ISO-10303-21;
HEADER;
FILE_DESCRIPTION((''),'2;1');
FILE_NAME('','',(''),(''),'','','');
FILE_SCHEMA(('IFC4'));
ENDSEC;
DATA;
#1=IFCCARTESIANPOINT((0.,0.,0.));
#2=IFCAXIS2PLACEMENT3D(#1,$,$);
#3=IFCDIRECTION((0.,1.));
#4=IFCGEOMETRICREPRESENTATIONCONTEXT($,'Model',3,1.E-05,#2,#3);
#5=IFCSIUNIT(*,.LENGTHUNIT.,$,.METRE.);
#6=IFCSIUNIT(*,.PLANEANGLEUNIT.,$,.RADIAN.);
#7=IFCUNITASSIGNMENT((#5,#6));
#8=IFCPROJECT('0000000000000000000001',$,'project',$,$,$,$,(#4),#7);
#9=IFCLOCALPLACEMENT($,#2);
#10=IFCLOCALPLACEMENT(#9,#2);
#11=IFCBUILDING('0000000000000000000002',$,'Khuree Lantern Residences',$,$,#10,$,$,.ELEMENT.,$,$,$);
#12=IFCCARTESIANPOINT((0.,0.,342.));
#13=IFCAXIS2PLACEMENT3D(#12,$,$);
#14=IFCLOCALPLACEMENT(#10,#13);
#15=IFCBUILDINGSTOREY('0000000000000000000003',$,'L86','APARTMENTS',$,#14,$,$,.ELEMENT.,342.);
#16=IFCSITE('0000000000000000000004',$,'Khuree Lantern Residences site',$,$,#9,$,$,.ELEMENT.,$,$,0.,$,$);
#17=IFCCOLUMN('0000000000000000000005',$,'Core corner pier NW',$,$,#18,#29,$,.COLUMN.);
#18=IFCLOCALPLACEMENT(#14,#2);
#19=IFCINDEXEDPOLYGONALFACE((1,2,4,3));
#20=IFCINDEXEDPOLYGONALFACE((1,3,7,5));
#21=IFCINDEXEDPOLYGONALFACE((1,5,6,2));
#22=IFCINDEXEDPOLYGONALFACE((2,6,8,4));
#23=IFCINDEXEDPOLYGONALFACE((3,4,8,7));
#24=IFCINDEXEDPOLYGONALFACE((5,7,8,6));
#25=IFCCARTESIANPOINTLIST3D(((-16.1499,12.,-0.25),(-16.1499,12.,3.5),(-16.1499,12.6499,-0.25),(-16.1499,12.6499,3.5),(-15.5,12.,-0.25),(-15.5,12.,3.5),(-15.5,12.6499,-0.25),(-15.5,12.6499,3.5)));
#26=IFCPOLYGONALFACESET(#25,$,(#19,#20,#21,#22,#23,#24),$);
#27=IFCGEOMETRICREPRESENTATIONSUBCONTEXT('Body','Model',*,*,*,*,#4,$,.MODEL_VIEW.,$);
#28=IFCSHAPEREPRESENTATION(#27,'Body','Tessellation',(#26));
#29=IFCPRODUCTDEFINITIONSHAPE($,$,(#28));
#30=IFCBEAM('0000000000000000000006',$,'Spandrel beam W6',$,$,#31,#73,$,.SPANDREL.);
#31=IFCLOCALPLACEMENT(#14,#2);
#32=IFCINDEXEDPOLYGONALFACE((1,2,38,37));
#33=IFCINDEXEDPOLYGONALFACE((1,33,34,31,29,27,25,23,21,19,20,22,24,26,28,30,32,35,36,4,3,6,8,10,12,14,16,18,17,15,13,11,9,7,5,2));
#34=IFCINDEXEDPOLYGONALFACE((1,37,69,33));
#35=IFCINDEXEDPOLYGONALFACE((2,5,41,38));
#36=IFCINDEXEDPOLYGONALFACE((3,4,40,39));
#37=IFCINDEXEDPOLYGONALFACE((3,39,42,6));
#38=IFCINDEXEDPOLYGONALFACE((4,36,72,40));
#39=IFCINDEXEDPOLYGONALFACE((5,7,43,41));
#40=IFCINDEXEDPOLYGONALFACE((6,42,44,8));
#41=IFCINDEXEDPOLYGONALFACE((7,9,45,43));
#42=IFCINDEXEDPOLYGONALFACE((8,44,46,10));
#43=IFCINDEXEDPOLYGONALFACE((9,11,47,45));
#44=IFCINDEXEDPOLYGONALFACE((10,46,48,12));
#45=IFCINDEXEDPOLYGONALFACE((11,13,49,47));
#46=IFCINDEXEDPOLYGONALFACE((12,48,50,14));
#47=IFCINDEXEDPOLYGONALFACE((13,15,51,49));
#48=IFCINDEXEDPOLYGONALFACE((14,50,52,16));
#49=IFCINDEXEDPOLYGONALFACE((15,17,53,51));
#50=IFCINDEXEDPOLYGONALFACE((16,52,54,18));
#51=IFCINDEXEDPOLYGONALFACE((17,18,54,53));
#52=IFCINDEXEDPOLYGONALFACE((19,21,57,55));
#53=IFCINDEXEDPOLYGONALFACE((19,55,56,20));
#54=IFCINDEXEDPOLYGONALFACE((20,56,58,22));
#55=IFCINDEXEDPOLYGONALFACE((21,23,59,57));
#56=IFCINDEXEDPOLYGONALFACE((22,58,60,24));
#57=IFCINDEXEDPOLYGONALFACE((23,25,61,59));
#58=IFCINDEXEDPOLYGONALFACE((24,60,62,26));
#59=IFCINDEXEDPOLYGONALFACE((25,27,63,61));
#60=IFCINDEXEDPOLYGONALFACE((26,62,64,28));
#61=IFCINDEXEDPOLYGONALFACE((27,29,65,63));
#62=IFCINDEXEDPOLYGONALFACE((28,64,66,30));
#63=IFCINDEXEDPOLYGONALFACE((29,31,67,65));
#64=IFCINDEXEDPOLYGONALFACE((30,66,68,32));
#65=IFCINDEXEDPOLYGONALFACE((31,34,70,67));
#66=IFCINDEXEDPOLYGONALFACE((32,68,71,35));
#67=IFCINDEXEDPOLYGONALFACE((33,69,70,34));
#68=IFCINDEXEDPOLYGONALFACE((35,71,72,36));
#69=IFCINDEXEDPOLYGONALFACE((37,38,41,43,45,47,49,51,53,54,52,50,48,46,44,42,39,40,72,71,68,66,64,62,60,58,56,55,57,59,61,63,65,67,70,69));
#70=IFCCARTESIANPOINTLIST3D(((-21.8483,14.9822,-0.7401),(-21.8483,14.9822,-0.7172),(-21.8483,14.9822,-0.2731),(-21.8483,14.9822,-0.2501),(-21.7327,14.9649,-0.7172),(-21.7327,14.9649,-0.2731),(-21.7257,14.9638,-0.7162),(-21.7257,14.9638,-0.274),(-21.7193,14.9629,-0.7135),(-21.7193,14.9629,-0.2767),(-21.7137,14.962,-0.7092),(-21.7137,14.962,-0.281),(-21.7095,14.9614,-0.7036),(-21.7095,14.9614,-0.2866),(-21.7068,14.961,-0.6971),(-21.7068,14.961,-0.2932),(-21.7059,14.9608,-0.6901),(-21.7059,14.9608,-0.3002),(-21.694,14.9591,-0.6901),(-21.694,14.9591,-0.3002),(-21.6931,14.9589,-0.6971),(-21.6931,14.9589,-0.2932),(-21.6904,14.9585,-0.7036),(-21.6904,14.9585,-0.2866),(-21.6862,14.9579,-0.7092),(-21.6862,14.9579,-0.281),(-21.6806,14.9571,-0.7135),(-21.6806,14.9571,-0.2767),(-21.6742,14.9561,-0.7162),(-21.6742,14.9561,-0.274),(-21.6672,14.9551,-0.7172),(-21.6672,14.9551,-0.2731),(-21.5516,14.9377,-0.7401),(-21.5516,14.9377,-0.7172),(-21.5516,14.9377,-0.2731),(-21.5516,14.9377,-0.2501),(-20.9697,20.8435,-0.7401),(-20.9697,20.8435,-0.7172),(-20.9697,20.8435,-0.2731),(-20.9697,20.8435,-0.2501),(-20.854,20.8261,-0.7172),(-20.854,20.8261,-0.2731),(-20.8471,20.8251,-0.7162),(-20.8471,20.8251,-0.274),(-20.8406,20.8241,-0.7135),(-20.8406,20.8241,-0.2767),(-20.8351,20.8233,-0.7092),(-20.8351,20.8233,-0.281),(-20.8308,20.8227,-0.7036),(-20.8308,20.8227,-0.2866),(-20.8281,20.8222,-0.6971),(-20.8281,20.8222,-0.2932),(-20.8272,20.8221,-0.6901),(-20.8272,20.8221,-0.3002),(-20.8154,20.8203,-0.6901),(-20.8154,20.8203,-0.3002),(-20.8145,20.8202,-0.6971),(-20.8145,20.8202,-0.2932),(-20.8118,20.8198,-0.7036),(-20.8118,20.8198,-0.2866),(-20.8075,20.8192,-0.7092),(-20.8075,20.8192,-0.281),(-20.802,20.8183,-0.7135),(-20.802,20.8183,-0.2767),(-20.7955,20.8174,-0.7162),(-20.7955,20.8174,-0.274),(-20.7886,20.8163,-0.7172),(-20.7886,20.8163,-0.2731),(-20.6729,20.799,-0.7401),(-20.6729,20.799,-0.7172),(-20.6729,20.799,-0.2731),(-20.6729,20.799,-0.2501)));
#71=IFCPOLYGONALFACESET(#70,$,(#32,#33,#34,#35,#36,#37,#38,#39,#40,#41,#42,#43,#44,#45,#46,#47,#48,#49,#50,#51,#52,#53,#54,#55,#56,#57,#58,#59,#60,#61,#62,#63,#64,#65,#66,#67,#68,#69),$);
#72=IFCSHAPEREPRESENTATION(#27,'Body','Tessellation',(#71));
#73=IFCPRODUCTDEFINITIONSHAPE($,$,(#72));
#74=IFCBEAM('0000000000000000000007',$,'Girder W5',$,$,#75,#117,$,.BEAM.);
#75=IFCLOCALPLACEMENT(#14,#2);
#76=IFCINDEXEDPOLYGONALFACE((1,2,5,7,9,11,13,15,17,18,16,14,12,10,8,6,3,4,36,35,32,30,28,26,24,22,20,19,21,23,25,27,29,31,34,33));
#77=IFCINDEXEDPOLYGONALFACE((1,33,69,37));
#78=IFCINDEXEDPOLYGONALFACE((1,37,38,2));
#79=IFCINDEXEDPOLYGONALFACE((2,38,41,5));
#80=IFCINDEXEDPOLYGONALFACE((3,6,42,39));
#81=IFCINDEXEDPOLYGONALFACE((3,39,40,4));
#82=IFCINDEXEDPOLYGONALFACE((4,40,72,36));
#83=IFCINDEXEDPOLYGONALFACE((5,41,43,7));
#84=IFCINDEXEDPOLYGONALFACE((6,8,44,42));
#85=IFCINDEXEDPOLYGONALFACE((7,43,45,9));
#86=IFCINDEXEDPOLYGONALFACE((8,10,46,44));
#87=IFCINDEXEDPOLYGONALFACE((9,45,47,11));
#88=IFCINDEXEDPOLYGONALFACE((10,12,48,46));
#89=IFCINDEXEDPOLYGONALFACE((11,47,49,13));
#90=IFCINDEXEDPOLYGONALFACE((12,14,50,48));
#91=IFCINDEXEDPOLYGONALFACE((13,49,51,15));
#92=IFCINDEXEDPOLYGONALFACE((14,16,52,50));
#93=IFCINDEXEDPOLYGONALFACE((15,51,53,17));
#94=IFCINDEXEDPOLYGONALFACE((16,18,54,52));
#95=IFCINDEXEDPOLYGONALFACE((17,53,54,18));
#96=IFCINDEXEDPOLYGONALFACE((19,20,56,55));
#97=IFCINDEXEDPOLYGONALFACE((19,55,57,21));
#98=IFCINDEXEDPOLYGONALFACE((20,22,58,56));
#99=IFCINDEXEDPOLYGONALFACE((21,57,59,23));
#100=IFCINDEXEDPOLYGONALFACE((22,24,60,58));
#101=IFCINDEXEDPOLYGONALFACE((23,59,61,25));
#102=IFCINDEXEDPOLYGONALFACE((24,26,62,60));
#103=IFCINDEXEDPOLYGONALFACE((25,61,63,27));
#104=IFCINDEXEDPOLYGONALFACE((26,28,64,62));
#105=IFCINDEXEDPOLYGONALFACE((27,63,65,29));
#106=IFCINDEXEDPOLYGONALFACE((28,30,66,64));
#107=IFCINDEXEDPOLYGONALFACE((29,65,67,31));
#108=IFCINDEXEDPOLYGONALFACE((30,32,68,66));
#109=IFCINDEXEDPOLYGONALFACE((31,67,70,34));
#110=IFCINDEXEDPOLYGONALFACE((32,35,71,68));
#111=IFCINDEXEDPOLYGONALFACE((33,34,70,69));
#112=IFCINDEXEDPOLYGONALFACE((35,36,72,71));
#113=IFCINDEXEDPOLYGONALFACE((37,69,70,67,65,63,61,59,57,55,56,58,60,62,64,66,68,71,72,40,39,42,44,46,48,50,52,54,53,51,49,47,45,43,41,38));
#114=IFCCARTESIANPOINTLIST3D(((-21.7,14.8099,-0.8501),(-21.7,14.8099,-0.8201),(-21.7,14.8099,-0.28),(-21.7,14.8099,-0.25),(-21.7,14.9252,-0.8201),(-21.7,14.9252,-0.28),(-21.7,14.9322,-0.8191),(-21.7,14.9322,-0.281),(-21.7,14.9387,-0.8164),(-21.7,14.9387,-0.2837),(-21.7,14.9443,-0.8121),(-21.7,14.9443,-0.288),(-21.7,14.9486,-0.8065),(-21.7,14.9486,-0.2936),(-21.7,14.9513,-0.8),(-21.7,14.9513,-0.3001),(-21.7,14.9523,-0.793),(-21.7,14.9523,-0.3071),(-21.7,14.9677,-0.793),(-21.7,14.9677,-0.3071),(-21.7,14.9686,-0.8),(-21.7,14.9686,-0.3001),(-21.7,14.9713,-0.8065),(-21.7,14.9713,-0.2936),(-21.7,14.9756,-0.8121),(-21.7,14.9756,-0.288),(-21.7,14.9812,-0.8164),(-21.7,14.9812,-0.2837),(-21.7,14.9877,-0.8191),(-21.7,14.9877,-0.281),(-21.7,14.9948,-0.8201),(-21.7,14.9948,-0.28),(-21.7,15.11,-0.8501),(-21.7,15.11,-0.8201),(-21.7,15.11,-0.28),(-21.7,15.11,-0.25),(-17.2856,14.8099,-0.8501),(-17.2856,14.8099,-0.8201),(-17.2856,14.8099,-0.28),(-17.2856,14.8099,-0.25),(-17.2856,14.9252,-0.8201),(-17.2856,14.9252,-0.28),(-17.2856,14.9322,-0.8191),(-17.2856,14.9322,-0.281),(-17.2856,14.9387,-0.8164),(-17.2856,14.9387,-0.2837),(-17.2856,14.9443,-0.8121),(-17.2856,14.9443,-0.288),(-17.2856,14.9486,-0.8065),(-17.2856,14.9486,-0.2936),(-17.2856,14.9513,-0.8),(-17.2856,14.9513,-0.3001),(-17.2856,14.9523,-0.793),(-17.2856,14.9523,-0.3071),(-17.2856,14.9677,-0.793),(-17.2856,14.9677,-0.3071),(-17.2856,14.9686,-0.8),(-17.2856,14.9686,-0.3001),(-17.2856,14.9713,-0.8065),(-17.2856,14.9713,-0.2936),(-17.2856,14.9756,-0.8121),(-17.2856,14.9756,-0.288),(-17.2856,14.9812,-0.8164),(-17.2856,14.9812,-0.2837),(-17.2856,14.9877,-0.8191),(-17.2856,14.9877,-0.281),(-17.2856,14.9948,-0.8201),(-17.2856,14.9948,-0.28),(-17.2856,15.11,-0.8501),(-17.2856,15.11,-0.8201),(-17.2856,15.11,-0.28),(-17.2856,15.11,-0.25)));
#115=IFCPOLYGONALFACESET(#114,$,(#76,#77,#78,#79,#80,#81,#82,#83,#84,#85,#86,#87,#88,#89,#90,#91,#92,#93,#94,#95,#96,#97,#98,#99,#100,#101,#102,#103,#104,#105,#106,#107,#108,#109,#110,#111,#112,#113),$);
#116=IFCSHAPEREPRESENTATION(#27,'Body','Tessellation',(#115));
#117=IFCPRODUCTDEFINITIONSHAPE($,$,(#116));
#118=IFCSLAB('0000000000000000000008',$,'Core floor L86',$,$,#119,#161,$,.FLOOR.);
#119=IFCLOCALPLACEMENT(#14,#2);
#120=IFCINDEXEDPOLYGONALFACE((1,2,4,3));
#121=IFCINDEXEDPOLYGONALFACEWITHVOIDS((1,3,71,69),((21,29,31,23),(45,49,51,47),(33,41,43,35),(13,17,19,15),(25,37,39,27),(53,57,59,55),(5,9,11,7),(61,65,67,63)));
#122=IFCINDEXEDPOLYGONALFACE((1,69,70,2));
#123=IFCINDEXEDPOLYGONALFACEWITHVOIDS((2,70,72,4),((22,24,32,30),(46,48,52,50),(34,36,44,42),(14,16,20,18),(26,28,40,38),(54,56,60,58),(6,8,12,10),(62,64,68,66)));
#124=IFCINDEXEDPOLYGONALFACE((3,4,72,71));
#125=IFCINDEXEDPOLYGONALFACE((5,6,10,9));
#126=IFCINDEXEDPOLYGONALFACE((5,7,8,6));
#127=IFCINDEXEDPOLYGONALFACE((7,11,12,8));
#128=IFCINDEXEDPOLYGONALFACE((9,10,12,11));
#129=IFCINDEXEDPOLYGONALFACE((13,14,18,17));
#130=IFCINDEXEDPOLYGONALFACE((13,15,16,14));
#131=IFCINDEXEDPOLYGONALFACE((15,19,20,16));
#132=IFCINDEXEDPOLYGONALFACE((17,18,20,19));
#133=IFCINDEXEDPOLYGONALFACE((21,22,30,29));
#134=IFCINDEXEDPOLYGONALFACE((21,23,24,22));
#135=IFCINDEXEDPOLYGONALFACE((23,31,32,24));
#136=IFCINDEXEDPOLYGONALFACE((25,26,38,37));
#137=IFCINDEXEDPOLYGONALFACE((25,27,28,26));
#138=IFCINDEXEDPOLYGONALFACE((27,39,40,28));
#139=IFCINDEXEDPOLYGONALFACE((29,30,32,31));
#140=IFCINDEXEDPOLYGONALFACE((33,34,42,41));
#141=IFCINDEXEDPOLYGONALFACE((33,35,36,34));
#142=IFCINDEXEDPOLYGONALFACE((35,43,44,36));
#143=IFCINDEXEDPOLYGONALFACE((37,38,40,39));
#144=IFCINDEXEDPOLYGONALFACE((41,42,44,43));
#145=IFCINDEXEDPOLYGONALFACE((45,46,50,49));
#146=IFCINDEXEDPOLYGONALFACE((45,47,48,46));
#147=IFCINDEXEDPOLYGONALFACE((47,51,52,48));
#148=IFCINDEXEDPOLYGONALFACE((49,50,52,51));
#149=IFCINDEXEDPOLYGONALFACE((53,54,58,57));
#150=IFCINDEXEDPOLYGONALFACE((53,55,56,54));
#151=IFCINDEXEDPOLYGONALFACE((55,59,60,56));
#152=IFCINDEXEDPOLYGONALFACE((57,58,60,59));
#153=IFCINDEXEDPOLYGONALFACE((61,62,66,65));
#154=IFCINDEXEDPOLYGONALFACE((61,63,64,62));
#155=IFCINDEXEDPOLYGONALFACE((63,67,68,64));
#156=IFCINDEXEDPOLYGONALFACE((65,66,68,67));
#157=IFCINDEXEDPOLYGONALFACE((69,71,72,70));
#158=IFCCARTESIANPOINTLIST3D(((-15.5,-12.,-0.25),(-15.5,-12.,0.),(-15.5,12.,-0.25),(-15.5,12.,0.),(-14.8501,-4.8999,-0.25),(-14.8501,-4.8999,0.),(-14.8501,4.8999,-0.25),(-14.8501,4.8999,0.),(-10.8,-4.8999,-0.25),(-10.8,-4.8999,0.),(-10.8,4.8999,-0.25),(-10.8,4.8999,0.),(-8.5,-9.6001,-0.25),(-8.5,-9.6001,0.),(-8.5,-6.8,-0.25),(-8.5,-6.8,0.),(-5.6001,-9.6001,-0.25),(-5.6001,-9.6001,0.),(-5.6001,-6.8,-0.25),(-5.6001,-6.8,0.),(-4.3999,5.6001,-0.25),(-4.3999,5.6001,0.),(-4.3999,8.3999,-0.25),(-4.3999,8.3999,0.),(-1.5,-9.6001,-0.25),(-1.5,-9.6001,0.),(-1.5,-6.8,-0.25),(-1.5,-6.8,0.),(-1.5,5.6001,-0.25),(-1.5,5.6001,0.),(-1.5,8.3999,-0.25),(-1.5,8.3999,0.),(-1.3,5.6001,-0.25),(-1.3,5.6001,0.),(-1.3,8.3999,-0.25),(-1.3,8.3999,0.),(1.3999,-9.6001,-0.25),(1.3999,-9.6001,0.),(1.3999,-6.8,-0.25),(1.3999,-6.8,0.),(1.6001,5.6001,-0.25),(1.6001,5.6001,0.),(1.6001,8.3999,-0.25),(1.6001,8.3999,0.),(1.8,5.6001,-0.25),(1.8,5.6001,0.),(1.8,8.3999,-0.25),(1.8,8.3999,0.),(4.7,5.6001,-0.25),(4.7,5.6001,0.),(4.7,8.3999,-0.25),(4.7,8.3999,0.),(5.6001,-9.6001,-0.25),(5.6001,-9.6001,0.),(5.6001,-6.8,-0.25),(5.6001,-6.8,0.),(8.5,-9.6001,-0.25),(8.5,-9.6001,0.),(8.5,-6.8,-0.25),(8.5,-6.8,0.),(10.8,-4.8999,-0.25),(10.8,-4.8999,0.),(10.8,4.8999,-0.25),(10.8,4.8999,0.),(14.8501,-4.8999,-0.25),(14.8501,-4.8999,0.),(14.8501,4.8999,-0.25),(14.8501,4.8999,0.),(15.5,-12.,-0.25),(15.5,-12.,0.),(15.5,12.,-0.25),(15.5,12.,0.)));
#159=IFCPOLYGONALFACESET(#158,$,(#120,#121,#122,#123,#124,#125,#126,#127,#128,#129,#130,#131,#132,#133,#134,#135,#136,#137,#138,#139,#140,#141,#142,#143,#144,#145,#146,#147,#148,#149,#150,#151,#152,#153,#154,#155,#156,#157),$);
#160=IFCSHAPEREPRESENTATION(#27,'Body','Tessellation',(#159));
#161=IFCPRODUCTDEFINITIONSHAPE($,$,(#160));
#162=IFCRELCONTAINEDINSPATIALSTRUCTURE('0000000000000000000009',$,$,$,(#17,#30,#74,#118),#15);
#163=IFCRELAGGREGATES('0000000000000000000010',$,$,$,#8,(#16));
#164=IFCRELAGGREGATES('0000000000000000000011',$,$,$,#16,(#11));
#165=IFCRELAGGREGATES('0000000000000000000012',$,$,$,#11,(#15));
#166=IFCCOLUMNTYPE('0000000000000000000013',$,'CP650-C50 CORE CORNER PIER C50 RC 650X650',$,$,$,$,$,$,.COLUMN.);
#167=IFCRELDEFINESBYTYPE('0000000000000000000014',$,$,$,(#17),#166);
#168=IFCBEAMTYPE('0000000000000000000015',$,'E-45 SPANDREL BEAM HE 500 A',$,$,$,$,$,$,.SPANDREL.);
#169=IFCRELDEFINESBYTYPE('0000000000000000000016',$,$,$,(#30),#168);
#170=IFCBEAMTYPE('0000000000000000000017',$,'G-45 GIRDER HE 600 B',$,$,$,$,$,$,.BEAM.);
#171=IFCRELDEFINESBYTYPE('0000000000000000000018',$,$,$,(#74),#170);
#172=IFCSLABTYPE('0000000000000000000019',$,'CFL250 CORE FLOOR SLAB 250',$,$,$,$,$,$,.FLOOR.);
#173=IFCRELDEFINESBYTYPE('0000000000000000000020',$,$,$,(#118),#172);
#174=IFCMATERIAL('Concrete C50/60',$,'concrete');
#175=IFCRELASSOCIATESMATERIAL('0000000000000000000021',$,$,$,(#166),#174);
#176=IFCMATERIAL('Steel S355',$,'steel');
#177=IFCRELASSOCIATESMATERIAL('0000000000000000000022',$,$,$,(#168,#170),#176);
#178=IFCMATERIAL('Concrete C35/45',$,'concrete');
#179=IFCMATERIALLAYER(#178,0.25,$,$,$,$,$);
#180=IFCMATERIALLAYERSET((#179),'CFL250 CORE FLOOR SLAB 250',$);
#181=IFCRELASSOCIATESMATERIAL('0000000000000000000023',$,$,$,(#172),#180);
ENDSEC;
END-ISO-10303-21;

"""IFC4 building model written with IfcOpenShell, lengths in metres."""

from ifc_helpers import new_model, si_unit, direction, frame, origin, origin_2d, place, context, subcontext, project, spatial, polyline, rectangle, i_section, outline, extrude, material, layer, layer_set, material_profile, profile_set, type_object, element, save


model = new_model("IFC4")

# Units and contexts
model_context = context("Model", 3, precision=1e-05, world=origin(), true_north=direction((0.0, 1.0)))
body_context = subcontext(model_context, "Body", "Model", "MODEL_VIEW")
ifc_project = project(units=[si_unit("LENGTHUNIT", "METRE"), si_unit("PLANEANGLEUNIT", "RADIAN")], contexts=[model_context])

# Site, building, storey
site_placement = place(None, origin())
site = spatial("IfcSite", under=ifc_project, at=site_placement, Name="Khuree Lantern Residences site", CompositionType="ELEMENT", RefElevation=0.0)
building_placement = place(site_placement, origin())
building = spatial("IfcBuilding", under=site, at=building_placement, Name="Khuree Lantern Residences", CompositionType="ELEMENT")
storey_placement = place(building_placement, frame((0.0, 0.0, 342.0)))
storey = spatial("IfcBuildingStorey", under=building, at=storey_placement, Name="L86", Description="APARTMENTS", CompositionType="ELEMENT", Elevation=342.0)

# Column
ifc_material_1 = material(Name="Concrete C50/60", Category="concrete")
ifc_material_profile_1 = material_profile(ifc_material_1, rectangle(XDim=0.6499, YDim=0.6499, at=origin_2d()), Name="RC 650X650")
ifc_profile_set_1 = profile_set([ifc_material_profile_1], Name="Concrete C50/60")
column_type = type_object("IfcColumnType", Name="CP650-C50 CORE CORNER PIER C50 RC 650X650", PredefinedType="COLUMN", material=ifc_profile_set_1)
column_placement = place(storey_placement, frame((-15.825, 12.325, -0.25), z_axis=(0.0, 0.0, 1.0), x_axis=(1.0, 0.0, 0.0)))
element("IfcColumn", 1, at=column_placement, inside=storey, type_object=column_type, Name="Core corner pier NW", PredefinedType="COLUMN", context=body_context, shape_type="SweptSolid", body=[
    extrude(rectangle(XDim=0.6499, YDim=0.6499, at=origin_2d()), origin(), (0.0, 0.0, 1.0), 3.75),
])

# Beams
ifc_material_2 = material(Name="Steel S355", Category="steel")
ifc_material_profile_2 = material_profile(ifc_material_2, i_section(OverallWidth=0.3, OverallDepth=0.49, WebThickness=0.012, FlangeThickness=0.0229, FilletRadius=0.0271, at=origin_2d()), Name="HE 500 A")
ifc_profile_set_2 = profile_set([ifc_material_profile_2], Name="Steel S355")
beam_type_1 = type_object("IfcBeamType", Name="E-45 SPANDREL BEAM HE 500 A", PredefinedType="SPANDREL", material=ifc_profile_set_2)
beam_1_placement = place(storey_placement, frame((-21.7, 14.96, -0.4951), z_axis=(0.148252, 0.98895, 0.0), x_axis=(-0.98895, 0.148252, 0.0)))
element("IfcBeam", 2, at=beam_1_placement, inside=storey, type_object=beam_type_1, Name="Spandrel beam W6", PredefinedType="SPANDREL", context=body_context, shape_type="SweptSolid", body=[
    extrude(i_section(OverallWidth=0.3, OverallDepth=0.49, WebThickness=0.012, FlangeThickness=0.0229, FilletRadius=0.0271, at=origin_2d()), origin(), (0.0, 0.0, 1.0), 5.9268),
])
ifc_material_profile_3 = material_profile(ifc_material_2, i_section(OverallWidth=0.3, OverallDepth=0.6001, WebThickness=0.0154, FlangeThickness=0.03, FilletRadius=0.0271, at=origin_2d()), Name="HE 600 B")
ifc_profile_set_3 = profile_set([ifc_material_profile_3], Name="Steel S355")
beam_type_2 = type_object("IfcBeamType", Name="G-45 GIRDER HE 600 B", PredefinedType="BEAM", material=ifc_profile_set_3)
beam_2_placement = place(storey_placement, frame((-21.7, 14.96, -0.55), z_axis=(1.0, 0.0, 0.0), x_axis=(0.0, 1.0, 0.0)))
element("IfcBeam", 3, at=beam_2_placement, inside=storey, type_object=beam_type_2, Name="Girder W5", PredefinedType="BEAM", context=body_context, shape_type="SweptSolid", body=[
    extrude(i_section(OverallWidth=0.3, OverallDepth=0.6001, WebThickness=0.0154, FlangeThickness=0.03, FilletRadius=0.0271, at=origin_2d()), origin(), (0.0, 0.0, 1.0), 4.4143),
])

# Slab
ifc_material_3 = material(Name="Concrete C35/45", Category="concrete")
ifc_layer_1 = layer(ifc_material_3, 0.25)
ifc_layer_set_1 = layer_set([ifc_layer_1], Name="CFL250 CORE FLOOR SLAB 250")
slab_type_1 = type_object("IfcSlabType", Name="CFL250 CORE FLOOR SLAB 250", PredefinedType="FLOOR", material=ifc_layer_set_1)
slab_1_placement = place(storey_placement, frame((0.0, 0.0, -0.25)))
element("IfcSlab", 4, at=slab_1_placement, inside=storey, type_object=slab_type_1, Name="Core floor L86", PredefinedType="FLOOR", context=body_context, shape_type="SweptSolid", body=[
    extrude(outline(polyline([(-15.5, -12.0), (-15.5, 12.0), (15.5, 12.0), (15.5, -12.0), (-15.5, -12.0)]), holes=[polyline([(10.8, 4.8999), (10.8, -4.8999), (14.8501, -4.8999), (14.8501, 4.8999), (10.8, 4.8999)]), polyline([(5.6001, -6.8), (5.6001, -9.6001), (8.5, -9.6001), (8.5, -6.8), (5.6001, -6.8)]), polyline([(1.8, 8.3999), (1.8, 5.6001), (4.7, 5.6001), (4.7, 8.3999), (1.8, 8.3999)]), polyline([(-1.3, 8.3999), (-1.3, 5.6001), (1.6001, 5.6001), (1.6001, 8.3999), (-1.3, 8.3999)]), polyline([(-1.5, -6.8), (-1.5, -9.6001), (1.3999, -9.6001), (1.3999, -6.8), (-1.5, -6.8)]), polyline([(-4.3999, 8.3999), (-4.3999, 5.6001), (-1.5, 5.6001), (-1.5, 8.3999), (-4.3999, 8.3999)]), polyline([(-8.5, -6.8), (-8.5, -9.6001), (-5.6001, -9.6001), (-5.6001, -6.8), (-8.5, -6.8)]), polyline([(-14.8501, 4.8999), (-14.8501, -4.8999), (-10.8, -4.8999), (-10.8, 4.8999), (-14.8501, 4.8999)])]), origin(), (0.0, 0.0, 1.0), 0.25),
])

save(model, "model.ifc")
